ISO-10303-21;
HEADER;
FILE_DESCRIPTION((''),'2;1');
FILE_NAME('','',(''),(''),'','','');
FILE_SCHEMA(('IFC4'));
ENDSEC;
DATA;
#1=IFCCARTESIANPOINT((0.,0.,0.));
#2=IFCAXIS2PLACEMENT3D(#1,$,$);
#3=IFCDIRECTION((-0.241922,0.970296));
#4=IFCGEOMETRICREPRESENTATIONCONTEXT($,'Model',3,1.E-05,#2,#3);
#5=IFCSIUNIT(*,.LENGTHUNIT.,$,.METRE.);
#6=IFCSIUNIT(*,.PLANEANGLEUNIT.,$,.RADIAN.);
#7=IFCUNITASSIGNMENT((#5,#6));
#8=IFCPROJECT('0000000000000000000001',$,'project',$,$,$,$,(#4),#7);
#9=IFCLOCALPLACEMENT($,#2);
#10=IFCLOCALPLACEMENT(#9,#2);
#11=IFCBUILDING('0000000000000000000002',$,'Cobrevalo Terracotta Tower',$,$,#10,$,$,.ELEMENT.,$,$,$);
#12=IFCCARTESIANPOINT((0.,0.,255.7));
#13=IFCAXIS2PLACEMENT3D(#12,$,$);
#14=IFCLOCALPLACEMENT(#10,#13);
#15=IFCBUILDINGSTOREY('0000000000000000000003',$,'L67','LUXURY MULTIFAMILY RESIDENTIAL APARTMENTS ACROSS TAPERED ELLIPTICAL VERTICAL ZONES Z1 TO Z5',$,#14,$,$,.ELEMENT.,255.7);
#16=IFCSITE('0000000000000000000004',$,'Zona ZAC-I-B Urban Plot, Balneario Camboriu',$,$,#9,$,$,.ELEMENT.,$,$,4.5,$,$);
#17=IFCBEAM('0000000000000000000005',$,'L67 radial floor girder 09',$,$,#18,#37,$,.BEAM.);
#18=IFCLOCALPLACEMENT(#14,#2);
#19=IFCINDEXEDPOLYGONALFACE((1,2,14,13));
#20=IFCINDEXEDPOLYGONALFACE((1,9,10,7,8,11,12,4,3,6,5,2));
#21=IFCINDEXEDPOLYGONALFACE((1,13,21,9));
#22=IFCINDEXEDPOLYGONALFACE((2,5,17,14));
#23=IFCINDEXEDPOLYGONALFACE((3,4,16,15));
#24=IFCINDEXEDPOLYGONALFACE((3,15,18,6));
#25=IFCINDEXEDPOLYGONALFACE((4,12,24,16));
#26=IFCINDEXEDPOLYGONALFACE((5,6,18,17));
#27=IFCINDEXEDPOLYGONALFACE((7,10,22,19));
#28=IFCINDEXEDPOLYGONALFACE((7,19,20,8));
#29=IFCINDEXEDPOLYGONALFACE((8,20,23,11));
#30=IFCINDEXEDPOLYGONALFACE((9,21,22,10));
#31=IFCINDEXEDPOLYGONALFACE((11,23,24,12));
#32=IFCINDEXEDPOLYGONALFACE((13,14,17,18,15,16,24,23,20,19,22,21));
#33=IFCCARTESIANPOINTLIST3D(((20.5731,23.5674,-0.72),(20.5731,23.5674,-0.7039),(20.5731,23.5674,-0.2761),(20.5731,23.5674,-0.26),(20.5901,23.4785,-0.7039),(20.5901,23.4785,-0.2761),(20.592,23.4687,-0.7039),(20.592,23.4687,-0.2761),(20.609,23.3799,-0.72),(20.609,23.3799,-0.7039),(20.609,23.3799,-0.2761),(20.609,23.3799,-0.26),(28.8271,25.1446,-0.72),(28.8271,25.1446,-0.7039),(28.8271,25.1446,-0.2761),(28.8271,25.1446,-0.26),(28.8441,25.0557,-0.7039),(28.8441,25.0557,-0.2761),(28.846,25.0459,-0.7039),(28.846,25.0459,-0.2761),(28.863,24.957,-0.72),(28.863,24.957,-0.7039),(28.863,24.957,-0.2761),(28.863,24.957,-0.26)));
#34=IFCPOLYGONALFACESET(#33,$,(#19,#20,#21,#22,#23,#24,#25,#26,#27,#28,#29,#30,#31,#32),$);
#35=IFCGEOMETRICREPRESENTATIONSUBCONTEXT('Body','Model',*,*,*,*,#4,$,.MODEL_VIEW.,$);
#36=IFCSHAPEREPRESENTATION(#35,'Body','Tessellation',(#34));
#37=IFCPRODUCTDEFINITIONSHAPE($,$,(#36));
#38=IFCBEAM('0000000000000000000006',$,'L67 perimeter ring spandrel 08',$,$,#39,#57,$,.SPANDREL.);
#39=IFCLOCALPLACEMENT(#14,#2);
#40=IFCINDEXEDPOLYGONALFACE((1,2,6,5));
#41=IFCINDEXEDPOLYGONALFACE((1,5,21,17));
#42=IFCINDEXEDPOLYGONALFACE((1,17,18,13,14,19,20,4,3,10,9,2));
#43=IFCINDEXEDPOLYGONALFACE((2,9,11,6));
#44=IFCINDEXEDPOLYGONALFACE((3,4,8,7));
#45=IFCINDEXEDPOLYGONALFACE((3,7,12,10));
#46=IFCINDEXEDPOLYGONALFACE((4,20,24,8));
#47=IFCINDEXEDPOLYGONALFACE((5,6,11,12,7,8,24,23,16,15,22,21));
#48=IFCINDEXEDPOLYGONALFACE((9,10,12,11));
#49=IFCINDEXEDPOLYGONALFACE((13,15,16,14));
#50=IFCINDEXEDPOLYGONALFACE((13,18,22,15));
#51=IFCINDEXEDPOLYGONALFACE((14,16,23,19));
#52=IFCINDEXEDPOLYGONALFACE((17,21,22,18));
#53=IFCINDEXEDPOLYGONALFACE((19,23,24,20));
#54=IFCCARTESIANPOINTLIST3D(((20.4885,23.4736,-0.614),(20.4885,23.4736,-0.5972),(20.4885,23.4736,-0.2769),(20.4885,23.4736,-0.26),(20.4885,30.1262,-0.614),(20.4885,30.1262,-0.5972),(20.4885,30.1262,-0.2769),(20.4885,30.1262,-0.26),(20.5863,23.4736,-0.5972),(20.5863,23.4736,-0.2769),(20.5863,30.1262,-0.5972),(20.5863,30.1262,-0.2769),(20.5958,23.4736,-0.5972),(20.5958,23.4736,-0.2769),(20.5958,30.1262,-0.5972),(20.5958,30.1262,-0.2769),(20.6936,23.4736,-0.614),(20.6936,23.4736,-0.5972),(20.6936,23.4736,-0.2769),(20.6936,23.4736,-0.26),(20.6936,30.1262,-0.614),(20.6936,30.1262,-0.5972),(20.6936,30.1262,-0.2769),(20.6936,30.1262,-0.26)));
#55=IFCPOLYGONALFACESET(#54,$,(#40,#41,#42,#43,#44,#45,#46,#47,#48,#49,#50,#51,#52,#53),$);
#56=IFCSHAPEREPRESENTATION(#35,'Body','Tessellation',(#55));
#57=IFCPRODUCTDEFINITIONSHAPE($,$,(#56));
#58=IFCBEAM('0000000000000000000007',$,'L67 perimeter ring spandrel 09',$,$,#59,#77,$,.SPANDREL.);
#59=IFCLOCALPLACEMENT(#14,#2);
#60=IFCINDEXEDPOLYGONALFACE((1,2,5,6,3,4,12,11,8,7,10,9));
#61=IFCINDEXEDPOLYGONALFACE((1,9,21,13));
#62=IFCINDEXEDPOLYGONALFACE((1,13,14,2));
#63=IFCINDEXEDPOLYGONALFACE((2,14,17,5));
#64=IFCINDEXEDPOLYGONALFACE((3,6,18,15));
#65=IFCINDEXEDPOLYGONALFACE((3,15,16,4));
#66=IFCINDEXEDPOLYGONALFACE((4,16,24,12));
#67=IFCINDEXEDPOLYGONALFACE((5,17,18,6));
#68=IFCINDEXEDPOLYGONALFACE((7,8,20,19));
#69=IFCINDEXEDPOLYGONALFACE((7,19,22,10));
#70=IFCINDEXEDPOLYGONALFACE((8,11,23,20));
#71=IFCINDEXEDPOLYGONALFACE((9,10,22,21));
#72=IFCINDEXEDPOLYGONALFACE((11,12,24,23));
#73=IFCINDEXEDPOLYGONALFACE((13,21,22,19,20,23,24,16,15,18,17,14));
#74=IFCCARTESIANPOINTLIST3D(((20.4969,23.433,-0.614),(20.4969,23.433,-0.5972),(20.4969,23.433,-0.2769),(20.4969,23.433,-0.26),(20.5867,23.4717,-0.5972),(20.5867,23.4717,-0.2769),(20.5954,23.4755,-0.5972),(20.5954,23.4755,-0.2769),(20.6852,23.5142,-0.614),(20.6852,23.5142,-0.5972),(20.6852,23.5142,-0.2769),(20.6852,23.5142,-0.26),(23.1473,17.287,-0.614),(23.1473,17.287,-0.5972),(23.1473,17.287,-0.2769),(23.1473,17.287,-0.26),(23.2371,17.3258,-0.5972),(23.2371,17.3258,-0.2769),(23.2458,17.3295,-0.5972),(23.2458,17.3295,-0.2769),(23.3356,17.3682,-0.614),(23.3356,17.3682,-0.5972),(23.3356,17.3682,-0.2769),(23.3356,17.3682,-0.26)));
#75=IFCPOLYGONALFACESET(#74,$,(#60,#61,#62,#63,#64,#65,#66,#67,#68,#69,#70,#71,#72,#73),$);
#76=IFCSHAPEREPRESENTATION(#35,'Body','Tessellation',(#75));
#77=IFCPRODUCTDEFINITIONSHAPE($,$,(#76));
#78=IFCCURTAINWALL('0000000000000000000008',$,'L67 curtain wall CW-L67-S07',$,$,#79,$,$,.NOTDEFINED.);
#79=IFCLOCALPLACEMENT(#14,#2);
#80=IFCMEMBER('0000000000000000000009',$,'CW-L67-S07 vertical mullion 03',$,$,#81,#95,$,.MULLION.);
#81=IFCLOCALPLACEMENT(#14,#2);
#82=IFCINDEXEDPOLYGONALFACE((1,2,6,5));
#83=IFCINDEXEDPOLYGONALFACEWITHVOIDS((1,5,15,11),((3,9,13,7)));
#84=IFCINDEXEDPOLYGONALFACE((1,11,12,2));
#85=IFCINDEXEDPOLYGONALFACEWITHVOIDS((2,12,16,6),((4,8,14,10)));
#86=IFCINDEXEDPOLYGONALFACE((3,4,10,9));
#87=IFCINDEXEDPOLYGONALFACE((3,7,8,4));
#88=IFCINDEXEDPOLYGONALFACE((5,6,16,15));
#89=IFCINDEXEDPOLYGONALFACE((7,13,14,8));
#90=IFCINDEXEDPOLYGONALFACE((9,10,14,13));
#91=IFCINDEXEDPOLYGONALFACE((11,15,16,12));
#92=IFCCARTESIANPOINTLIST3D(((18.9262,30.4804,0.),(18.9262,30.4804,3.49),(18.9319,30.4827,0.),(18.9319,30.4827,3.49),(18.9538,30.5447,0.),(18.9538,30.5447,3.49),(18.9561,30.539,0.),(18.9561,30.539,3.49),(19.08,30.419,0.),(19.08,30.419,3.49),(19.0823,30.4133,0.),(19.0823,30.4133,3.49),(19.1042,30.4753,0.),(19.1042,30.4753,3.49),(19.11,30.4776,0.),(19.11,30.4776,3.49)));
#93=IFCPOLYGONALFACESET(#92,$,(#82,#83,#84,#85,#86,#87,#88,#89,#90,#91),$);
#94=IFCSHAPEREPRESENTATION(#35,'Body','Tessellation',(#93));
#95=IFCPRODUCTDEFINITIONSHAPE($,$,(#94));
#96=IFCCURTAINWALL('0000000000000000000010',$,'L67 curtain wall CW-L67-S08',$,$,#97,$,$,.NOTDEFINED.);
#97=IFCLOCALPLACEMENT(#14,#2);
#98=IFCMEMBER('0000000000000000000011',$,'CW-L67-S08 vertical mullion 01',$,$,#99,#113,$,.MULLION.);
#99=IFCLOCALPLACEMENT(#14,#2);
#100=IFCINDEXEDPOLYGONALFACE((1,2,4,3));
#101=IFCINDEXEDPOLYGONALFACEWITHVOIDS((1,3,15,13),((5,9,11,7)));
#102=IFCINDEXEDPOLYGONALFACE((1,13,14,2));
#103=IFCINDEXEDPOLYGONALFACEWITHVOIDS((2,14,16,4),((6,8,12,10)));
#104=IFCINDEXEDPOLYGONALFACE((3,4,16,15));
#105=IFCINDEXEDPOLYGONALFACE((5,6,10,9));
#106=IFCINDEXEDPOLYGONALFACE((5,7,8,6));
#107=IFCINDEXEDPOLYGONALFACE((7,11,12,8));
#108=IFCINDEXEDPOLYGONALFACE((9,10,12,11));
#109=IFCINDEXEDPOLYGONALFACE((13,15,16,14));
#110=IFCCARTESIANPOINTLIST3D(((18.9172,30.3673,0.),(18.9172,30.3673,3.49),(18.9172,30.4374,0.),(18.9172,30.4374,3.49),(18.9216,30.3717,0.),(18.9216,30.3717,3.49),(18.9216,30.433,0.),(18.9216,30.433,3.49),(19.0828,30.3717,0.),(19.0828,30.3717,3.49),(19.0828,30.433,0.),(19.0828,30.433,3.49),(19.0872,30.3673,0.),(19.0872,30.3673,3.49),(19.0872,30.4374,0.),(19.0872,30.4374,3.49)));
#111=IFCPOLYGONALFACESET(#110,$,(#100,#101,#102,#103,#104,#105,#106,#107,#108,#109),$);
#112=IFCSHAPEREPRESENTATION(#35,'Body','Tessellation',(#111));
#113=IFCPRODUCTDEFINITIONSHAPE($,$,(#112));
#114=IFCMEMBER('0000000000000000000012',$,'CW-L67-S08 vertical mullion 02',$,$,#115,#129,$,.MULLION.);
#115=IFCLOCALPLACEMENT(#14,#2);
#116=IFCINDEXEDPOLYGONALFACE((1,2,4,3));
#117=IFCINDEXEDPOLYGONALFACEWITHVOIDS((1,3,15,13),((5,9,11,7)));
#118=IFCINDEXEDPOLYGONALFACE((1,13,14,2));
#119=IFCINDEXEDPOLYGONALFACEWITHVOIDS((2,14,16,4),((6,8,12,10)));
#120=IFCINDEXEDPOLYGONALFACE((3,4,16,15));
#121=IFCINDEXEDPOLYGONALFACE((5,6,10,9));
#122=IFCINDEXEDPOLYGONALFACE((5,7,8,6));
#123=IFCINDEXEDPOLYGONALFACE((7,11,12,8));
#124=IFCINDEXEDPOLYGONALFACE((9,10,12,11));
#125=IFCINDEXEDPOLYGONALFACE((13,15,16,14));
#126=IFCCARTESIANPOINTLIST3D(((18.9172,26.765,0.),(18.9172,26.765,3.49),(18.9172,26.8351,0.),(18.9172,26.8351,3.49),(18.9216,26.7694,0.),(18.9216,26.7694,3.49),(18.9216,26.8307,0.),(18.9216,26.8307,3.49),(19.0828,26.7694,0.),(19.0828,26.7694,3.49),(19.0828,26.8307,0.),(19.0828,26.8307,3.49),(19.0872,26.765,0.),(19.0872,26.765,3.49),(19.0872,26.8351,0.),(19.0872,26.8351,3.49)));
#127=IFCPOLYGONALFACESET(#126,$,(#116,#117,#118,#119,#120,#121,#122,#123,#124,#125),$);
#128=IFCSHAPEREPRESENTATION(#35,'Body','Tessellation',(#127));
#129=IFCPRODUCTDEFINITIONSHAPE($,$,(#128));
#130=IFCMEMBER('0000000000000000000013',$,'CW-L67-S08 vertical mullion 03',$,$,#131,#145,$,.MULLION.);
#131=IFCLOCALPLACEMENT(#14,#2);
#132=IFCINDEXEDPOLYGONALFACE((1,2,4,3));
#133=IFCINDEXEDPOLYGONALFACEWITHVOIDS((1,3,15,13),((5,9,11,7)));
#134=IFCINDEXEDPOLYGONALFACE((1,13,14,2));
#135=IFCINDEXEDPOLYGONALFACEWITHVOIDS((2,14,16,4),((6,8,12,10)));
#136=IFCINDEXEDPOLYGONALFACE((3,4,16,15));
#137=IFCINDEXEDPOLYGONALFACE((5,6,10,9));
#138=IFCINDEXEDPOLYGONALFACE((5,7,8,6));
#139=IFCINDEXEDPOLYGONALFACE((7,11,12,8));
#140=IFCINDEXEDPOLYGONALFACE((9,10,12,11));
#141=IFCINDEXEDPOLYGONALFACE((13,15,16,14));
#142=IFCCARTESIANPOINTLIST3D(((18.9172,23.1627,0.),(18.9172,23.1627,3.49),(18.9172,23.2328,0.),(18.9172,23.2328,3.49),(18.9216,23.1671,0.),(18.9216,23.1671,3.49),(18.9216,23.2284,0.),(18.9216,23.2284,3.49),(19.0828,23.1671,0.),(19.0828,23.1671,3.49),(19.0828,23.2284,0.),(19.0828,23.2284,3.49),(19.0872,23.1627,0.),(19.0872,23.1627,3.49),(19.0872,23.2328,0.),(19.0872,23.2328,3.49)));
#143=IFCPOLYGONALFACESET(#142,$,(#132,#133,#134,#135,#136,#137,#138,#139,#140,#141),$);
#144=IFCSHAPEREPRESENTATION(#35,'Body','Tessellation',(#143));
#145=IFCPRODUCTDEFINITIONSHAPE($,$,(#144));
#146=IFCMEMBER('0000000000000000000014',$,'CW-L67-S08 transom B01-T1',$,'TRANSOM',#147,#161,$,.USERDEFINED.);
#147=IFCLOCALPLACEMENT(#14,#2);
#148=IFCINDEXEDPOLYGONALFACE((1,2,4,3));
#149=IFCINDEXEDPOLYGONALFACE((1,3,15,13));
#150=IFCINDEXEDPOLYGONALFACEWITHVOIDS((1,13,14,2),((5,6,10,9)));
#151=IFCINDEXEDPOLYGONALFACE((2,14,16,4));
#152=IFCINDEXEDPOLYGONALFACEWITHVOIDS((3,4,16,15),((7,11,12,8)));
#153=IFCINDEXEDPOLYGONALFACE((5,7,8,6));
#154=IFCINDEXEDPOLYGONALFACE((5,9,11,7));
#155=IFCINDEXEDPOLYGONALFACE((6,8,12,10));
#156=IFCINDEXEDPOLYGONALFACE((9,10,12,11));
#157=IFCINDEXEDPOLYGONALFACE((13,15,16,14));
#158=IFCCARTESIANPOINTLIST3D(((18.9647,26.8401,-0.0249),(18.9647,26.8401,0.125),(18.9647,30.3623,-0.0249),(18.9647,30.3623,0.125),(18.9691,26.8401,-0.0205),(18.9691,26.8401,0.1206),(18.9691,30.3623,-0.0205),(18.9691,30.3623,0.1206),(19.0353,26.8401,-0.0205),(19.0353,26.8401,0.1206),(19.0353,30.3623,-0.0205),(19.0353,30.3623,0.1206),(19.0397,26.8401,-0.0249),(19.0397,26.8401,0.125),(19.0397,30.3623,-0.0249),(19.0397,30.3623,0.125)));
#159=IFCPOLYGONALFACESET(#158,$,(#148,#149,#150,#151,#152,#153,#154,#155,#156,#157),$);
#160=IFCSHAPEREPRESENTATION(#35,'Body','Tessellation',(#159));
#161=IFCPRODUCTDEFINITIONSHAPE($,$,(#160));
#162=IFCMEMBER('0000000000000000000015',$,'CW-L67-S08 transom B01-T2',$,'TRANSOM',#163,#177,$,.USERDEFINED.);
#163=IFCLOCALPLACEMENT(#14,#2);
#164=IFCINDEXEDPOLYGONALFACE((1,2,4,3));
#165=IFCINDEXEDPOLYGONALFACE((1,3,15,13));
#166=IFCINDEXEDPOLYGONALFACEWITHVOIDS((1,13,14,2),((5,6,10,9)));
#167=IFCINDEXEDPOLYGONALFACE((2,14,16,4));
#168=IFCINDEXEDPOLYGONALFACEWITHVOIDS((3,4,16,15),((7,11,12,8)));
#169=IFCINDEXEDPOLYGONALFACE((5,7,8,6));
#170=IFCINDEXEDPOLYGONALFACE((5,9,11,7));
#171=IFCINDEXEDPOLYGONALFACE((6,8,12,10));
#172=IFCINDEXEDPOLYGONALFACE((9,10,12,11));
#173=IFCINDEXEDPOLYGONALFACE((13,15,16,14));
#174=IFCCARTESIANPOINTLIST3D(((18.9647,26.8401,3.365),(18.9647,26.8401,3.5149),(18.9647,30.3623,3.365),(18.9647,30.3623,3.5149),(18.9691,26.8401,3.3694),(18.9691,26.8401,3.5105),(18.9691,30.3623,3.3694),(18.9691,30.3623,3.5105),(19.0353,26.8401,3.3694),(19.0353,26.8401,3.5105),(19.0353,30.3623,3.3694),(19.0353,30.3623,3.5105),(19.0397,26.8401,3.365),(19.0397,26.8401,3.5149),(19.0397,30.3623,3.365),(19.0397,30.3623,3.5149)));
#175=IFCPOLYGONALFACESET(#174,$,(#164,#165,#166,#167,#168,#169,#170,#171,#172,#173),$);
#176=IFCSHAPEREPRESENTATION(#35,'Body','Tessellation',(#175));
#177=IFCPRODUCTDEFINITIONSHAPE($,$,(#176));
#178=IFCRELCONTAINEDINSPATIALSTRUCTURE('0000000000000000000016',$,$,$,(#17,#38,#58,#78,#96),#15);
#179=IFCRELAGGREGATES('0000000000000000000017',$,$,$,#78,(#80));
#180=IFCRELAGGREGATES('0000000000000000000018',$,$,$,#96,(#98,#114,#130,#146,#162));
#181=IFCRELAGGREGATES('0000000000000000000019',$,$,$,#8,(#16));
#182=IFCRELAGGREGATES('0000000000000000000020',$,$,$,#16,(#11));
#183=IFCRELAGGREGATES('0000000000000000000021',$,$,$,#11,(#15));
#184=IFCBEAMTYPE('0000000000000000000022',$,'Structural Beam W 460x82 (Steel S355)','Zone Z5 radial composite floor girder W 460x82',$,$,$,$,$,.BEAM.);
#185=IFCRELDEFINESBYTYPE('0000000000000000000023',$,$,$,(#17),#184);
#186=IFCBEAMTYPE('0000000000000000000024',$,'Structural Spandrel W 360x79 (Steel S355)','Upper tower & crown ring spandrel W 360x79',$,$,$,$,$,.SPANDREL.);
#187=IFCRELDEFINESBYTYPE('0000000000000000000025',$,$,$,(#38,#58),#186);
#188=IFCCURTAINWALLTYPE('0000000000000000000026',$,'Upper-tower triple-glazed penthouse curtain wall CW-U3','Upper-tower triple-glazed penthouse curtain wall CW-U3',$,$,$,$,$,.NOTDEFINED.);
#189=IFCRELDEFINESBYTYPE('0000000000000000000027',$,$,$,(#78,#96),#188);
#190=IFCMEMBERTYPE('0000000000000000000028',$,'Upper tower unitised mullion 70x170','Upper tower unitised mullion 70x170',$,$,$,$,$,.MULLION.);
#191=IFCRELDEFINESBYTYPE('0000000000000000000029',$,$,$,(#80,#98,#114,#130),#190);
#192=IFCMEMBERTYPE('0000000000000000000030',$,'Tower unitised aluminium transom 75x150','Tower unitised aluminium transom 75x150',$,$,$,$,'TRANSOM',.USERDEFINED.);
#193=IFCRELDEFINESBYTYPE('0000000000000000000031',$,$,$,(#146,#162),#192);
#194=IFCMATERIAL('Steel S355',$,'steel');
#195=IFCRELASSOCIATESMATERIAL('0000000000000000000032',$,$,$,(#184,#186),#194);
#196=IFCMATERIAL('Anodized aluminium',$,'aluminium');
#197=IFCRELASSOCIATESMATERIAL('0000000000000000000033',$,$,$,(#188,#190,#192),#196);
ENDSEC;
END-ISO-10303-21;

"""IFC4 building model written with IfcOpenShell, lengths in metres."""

from ifc_helpers import new_model, si_unit, direction, frame, origin, origin_2d, place, context, subcontext, project, spatial, hollow_rectangle, i_section, extrude, source, transform, mapped, material, material_profile, profile_set, type_object, element, aggregate, save


model = new_model("IFC4")

# Units and contexts
model_context = context("Model", 3, precision=1e-05, world=origin(), true_north=direction((-0.241922, 0.970296)))
body_context = subcontext(model_context, "Body", "Model", "MODEL_VIEW")
ifc_project = project(units=[si_unit("LENGTHUNIT", "METRE"), si_unit("PLANEANGLEUNIT", "RADIAN")], contexts=[model_context])

# Site, building, storey
site_placement = place(None, origin())
site = spatial("IfcSite", under=ifc_project, at=site_placement, Name="Zona ZAC-I-B Urban Plot, Balneario Camboriu", CompositionType="ELEMENT", RefElevation=4.5)
building_placement = place(site_placement, origin())
building = spatial("IfcBuilding", under=site, at=building_placement, Name="Cobrevalo Terracotta Tower", CompositionType="ELEMENT")
storey_placement = place(building_placement, frame((0.0, 0.0, 255.7)))
storey = spatial("IfcBuildingStorey", under=building, at=storey_placement, Name="L67", Description="LUXURY MULTIFAMILY RESIDENTIAL APARTMENTS ACROSS TAPERED ELLIPTICAL VERTICAL ZONES Z1 TO Z5", CompositionType="ELEMENT", Elevation=255.7)

# Shared definitions
ifc_material_1 = material(Name="Steel S355", Category="steel")

# Beams
ifc_material_profile_1 = material_profile(ifc_material_1, i_section(OverallWidth=0.1909, OverallDepth=0.46, WebThickness=0.01, FlangeThickness=0.0161, at=origin_2d()), Name="W 460x82")
ifc_profile_set_1 = profile_set([ifc_material_profile_1], Name="Steel S355")
beam_type_1 = type_object("IfcBeamType", Name="Structural Beam W 460x82 (Steel S355)", Description="Zone Z5 radial composite floor girder W 460x82", PredefinedType="BEAM", material=ifc_profile_set_1)
beam_1_placement = place(storey_placement, frame((20.5911, 23.4736, -0.49), z_axis=(0.98223, 0.187683, 0.0), x_axis=(-0.187683, 0.98223, 0.0)))
element("IfcBeam", 1, at=beam_1_placement, inside=storey, type_object=beam_type_1, Name="L67 radial floor girder 09", PredefinedType="BEAM", context=body_context, shape_type="SweptSolid", body=[
    extrude(i_section(OverallWidth=0.1909, OverallDepth=0.46, WebThickness=0.01, FlangeThickness=0.0161, at=origin_2d()), origin(), (0.0, 0.0, 1.0), 8.4033),
])
ifc_material_profile_2 = material_profile(ifc_material_1, i_section(OverallWidth=0.2051, OverallDepth=0.354, WebThickness=0.0095, FlangeThickness=0.0168, at=origin_2d()), Name="W 360x79")
ifc_profile_set_2 = profile_set([ifc_material_profile_2], Name="Steel S355")
beam_type_2 = type_object("IfcBeamType", Name="Structural Spandrel W 360x79 (Steel S355)", Description="Upper tower & crown ring spandrel W 360x79", PredefinedType="SPANDREL", material=ifc_profile_set_2)
beam_2_placement = place(storey_placement, frame((20.5911, 30.1262, -0.437), z_axis=(0.0, -1.0, 0.0), x_axis=(1.0, 0.0, 0.0)))
element("IfcBeam", 2, at=beam_2_placement, inside=storey, type_object=beam_type_2, Name="L67 perimeter ring spandrel 08", PredefinedType="SPANDREL", context=body_context, shape_type="SweptSolid", body=[
    extrude(i_section(OverallWidth=0.2051, OverallDepth=0.354, WebThickness=0.0095, FlangeThickness=0.0168, at=origin_2d()), origin(), (0.0, 0.0, 1.0), 6.6526),
])
beam_3_placement = place(storey_placement, frame((20.5911, 23.4736, -0.437), z_axis=(0.395987, -0.918256, 0.0), x_axis=(0.918256, 0.395987, 0.0)))
element("IfcBeam", 3, at=beam_3_placement, inside=storey, type_object=beam_type_2, Name="L67 perimeter ring spandrel 09", PredefinedType="SPANDREL", context=body_context, shape_type="SweptSolid", body=[
    extrude(i_section(OverallWidth=0.2051, OverallDepth=0.354, WebThickness=0.0095, FlangeThickness=0.0168, at=origin_2d()), origin(), (0.0, 0.0, 1.0), 6.6931),
])

# Curtain wall, member
ifc_material_2 = material(Name="Anodized aluminium", Category="aluminium")
curtain_wall_type = type_object("IfcCurtainWallType", Name="Upper-tower triple-glazed penthouse curtain wall CW-U3", Description="Upper-tower triple-glazed penthouse curtain wall CW-U3", PredefinedType="NOTDEFINED", material=ifc_material_2)
curtain_wall_1_placement = place(storey_placement, origin())
curtain_wall_1 = element("IfcCurtainWall", 4, at=curtain_wall_1_placement, inside=storey, type_object=curtain_wall_type, Name="L67 curtain wall CW-L67-S07", PredefinedType="NOTDEFINED")
ifc_material_profile_3 = material_profile(ifc_material_2, hollow_rectangle(XDim=0.0701, YDim=0.1699, WallThickness=0.0044, at=origin_2d()), Name="CWM 70x170")
ifc_profile_set_3 = profile_set([ifc_material_profile_3], Name="Anodized aluminium")
member_type_1 = type_object("IfcMemberType", Name="Upper tower unitised mullion 70x170", Description="Upper tower unitised mullion 70x170", PredefinedType="MULLION", material=ifc_profile_set_3)
shared_shape_1 = source(origin(), body_context, "Body", "SweptSolid", [
    extrude(hollow_rectangle(XDim=0.0701, YDim=0.1699, WallThickness=0.0044, at=origin_2d()), origin(), (0.0, 0.0, 1.0), 3.49),
])
member_1_placement = place(storey_placement, frame((19.0181, 30.479, 0.0), z_axis=(0.0, 0.0, 1.0), x_axis=(-0.394824, -0.918757, 0.0)))
member_1 = element("IfcMember", 5, at=member_1_placement, type_object=member_type_1, Name="CW-L67-S07 vertical mullion 03", PredefinedType="MULLION", context=body_context, shape_type="MappedRepresentation", body=[
    mapped(shared_shape_1, transform((0.0, 0.0, 0.0), scale=1.0)),
])
aggregate(curtain_wall_1, [member_1])

# Curtain wall, members
curtain_wall_2_placement = place(storey_placement, origin())
curtain_wall_2 = element("IfcCurtainWall", 6, at=curtain_wall_2_placement, inside=storey, type_object=curtain_wall_type, Name="L67 curtain wall CW-L67-S08", PredefinedType="NOTDEFINED")
member_2_placement = place(storey_placement, frame((19.0022, 30.4023, 0.0), z_axis=(0.0, 0.0, 1.0), x_axis=(0.0, -1.0, 0.0)))
member_2 = element("IfcMember", 7, at=member_2_placement, type_object=member_type_1, Name="CW-L67-S08 vertical mullion 01", PredefinedType="MULLION", context=body_context, shape_type="MappedRepresentation", body=[
    mapped(shared_shape_1, transform((0.0, 0.0, 0.0), scale=1.0)),
])
member_3_placement = place(storey_placement, frame((19.0022, 26.8, 0.0), z_axis=(0.0, 0.0, 1.0), x_axis=(0.0, -1.0, 0.0)))
member_3 = element("IfcMember", 8, at=member_3_placement, type_object=member_type_1, Name="CW-L67-S08 vertical mullion 02", PredefinedType="MULLION", context=body_context, shape_type="MappedRepresentation", body=[
    mapped(shared_shape_1, transform((0.0, 0.0, 0.0), scale=1.0)),
])
member_4_placement = place(storey_placement, frame((19.0022, 23.1978, 0.0), z_axis=(0.0, 0.0, 1.0), x_axis=(0.0, -1.0, 0.0)))
member_4 = element("IfcMember", 9, at=member_4_placement, type_object=member_type_1, Name="CW-L67-S08 vertical mullion 03", PredefinedType="MULLION", context=body_context, shape_type="MappedRepresentation", body=[
    mapped(shared_shape_1, transform((0.0, 0.0, 0.0), scale=1.0)),
])
ifc_material_profile_4 = material_profile(ifc_material_2, hollow_rectangle(XDim=0.075, YDim=0.1499, WallThickness=0.0044, at=origin_2d()), Name="CWT 75x150")
ifc_profile_set_4 = profile_set([ifc_material_profile_4], Name="Anodized aluminium")
member_type_2 = type_object("IfcMemberType", Name="Tower unitised aluminium transom 75x150", Description="Tower unitised aluminium transom 75x150", ElementType="TRANSOM", PredefinedType="USERDEFINED", material=ifc_profile_set_4)
shared_shape_2 = source(origin(), body_context, "Body", "SweptSolid", [
    extrude(hollow_rectangle(XDim=0.075, YDim=0.1499, WallThickness=0.0044, at=origin_2d()), origin(), (0.0, 0.0, 1.0), 3.5222),
])
member_5_placement = place(storey_placement, frame((19.0022, 30.3623, 0.05), z_axis=(0.0, -1.0, 0.0), x_axis=(1.0, 0.0, 0.0)))
member_5 = element("IfcMember", 10, at=member_5_placement, type_object=member_type_2, Name="CW-L67-S08 transom B01-T1", ObjectType="TRANSOM", PredefinedType="USERDEFINED", context=body_context, shape_type="MappedRepresentation", body=[
    mapped(shared_shape_2, transform((0.0, 0.0, 0.0), scale=1.0)),
])
member_6_placement = place(storey_placement, frame((19.0022, 30.3623, 3.4399), z_axis=(0.0, -1.0, 0.0), x_axis=(1.0, 0.0, 0.0)))
member_6 = element("IfcMember", 11, at=member_6_placement, type_object=member_type_2, Name="CW-L67-S08 transom B01-T2", ObjectType="TRANSOM", PredefinedType="USERDEFINED", context=body_context, shape_type="MappedRepresentation", body=[
    mapped(shared_shape_2, transform((0.0, 0.0, 0.0), scale=1.0)),
])
aggregate(curtain_wall_2, [member_2, member_3, member_4, member_5, member_6])

save(model, "model.ifc")
